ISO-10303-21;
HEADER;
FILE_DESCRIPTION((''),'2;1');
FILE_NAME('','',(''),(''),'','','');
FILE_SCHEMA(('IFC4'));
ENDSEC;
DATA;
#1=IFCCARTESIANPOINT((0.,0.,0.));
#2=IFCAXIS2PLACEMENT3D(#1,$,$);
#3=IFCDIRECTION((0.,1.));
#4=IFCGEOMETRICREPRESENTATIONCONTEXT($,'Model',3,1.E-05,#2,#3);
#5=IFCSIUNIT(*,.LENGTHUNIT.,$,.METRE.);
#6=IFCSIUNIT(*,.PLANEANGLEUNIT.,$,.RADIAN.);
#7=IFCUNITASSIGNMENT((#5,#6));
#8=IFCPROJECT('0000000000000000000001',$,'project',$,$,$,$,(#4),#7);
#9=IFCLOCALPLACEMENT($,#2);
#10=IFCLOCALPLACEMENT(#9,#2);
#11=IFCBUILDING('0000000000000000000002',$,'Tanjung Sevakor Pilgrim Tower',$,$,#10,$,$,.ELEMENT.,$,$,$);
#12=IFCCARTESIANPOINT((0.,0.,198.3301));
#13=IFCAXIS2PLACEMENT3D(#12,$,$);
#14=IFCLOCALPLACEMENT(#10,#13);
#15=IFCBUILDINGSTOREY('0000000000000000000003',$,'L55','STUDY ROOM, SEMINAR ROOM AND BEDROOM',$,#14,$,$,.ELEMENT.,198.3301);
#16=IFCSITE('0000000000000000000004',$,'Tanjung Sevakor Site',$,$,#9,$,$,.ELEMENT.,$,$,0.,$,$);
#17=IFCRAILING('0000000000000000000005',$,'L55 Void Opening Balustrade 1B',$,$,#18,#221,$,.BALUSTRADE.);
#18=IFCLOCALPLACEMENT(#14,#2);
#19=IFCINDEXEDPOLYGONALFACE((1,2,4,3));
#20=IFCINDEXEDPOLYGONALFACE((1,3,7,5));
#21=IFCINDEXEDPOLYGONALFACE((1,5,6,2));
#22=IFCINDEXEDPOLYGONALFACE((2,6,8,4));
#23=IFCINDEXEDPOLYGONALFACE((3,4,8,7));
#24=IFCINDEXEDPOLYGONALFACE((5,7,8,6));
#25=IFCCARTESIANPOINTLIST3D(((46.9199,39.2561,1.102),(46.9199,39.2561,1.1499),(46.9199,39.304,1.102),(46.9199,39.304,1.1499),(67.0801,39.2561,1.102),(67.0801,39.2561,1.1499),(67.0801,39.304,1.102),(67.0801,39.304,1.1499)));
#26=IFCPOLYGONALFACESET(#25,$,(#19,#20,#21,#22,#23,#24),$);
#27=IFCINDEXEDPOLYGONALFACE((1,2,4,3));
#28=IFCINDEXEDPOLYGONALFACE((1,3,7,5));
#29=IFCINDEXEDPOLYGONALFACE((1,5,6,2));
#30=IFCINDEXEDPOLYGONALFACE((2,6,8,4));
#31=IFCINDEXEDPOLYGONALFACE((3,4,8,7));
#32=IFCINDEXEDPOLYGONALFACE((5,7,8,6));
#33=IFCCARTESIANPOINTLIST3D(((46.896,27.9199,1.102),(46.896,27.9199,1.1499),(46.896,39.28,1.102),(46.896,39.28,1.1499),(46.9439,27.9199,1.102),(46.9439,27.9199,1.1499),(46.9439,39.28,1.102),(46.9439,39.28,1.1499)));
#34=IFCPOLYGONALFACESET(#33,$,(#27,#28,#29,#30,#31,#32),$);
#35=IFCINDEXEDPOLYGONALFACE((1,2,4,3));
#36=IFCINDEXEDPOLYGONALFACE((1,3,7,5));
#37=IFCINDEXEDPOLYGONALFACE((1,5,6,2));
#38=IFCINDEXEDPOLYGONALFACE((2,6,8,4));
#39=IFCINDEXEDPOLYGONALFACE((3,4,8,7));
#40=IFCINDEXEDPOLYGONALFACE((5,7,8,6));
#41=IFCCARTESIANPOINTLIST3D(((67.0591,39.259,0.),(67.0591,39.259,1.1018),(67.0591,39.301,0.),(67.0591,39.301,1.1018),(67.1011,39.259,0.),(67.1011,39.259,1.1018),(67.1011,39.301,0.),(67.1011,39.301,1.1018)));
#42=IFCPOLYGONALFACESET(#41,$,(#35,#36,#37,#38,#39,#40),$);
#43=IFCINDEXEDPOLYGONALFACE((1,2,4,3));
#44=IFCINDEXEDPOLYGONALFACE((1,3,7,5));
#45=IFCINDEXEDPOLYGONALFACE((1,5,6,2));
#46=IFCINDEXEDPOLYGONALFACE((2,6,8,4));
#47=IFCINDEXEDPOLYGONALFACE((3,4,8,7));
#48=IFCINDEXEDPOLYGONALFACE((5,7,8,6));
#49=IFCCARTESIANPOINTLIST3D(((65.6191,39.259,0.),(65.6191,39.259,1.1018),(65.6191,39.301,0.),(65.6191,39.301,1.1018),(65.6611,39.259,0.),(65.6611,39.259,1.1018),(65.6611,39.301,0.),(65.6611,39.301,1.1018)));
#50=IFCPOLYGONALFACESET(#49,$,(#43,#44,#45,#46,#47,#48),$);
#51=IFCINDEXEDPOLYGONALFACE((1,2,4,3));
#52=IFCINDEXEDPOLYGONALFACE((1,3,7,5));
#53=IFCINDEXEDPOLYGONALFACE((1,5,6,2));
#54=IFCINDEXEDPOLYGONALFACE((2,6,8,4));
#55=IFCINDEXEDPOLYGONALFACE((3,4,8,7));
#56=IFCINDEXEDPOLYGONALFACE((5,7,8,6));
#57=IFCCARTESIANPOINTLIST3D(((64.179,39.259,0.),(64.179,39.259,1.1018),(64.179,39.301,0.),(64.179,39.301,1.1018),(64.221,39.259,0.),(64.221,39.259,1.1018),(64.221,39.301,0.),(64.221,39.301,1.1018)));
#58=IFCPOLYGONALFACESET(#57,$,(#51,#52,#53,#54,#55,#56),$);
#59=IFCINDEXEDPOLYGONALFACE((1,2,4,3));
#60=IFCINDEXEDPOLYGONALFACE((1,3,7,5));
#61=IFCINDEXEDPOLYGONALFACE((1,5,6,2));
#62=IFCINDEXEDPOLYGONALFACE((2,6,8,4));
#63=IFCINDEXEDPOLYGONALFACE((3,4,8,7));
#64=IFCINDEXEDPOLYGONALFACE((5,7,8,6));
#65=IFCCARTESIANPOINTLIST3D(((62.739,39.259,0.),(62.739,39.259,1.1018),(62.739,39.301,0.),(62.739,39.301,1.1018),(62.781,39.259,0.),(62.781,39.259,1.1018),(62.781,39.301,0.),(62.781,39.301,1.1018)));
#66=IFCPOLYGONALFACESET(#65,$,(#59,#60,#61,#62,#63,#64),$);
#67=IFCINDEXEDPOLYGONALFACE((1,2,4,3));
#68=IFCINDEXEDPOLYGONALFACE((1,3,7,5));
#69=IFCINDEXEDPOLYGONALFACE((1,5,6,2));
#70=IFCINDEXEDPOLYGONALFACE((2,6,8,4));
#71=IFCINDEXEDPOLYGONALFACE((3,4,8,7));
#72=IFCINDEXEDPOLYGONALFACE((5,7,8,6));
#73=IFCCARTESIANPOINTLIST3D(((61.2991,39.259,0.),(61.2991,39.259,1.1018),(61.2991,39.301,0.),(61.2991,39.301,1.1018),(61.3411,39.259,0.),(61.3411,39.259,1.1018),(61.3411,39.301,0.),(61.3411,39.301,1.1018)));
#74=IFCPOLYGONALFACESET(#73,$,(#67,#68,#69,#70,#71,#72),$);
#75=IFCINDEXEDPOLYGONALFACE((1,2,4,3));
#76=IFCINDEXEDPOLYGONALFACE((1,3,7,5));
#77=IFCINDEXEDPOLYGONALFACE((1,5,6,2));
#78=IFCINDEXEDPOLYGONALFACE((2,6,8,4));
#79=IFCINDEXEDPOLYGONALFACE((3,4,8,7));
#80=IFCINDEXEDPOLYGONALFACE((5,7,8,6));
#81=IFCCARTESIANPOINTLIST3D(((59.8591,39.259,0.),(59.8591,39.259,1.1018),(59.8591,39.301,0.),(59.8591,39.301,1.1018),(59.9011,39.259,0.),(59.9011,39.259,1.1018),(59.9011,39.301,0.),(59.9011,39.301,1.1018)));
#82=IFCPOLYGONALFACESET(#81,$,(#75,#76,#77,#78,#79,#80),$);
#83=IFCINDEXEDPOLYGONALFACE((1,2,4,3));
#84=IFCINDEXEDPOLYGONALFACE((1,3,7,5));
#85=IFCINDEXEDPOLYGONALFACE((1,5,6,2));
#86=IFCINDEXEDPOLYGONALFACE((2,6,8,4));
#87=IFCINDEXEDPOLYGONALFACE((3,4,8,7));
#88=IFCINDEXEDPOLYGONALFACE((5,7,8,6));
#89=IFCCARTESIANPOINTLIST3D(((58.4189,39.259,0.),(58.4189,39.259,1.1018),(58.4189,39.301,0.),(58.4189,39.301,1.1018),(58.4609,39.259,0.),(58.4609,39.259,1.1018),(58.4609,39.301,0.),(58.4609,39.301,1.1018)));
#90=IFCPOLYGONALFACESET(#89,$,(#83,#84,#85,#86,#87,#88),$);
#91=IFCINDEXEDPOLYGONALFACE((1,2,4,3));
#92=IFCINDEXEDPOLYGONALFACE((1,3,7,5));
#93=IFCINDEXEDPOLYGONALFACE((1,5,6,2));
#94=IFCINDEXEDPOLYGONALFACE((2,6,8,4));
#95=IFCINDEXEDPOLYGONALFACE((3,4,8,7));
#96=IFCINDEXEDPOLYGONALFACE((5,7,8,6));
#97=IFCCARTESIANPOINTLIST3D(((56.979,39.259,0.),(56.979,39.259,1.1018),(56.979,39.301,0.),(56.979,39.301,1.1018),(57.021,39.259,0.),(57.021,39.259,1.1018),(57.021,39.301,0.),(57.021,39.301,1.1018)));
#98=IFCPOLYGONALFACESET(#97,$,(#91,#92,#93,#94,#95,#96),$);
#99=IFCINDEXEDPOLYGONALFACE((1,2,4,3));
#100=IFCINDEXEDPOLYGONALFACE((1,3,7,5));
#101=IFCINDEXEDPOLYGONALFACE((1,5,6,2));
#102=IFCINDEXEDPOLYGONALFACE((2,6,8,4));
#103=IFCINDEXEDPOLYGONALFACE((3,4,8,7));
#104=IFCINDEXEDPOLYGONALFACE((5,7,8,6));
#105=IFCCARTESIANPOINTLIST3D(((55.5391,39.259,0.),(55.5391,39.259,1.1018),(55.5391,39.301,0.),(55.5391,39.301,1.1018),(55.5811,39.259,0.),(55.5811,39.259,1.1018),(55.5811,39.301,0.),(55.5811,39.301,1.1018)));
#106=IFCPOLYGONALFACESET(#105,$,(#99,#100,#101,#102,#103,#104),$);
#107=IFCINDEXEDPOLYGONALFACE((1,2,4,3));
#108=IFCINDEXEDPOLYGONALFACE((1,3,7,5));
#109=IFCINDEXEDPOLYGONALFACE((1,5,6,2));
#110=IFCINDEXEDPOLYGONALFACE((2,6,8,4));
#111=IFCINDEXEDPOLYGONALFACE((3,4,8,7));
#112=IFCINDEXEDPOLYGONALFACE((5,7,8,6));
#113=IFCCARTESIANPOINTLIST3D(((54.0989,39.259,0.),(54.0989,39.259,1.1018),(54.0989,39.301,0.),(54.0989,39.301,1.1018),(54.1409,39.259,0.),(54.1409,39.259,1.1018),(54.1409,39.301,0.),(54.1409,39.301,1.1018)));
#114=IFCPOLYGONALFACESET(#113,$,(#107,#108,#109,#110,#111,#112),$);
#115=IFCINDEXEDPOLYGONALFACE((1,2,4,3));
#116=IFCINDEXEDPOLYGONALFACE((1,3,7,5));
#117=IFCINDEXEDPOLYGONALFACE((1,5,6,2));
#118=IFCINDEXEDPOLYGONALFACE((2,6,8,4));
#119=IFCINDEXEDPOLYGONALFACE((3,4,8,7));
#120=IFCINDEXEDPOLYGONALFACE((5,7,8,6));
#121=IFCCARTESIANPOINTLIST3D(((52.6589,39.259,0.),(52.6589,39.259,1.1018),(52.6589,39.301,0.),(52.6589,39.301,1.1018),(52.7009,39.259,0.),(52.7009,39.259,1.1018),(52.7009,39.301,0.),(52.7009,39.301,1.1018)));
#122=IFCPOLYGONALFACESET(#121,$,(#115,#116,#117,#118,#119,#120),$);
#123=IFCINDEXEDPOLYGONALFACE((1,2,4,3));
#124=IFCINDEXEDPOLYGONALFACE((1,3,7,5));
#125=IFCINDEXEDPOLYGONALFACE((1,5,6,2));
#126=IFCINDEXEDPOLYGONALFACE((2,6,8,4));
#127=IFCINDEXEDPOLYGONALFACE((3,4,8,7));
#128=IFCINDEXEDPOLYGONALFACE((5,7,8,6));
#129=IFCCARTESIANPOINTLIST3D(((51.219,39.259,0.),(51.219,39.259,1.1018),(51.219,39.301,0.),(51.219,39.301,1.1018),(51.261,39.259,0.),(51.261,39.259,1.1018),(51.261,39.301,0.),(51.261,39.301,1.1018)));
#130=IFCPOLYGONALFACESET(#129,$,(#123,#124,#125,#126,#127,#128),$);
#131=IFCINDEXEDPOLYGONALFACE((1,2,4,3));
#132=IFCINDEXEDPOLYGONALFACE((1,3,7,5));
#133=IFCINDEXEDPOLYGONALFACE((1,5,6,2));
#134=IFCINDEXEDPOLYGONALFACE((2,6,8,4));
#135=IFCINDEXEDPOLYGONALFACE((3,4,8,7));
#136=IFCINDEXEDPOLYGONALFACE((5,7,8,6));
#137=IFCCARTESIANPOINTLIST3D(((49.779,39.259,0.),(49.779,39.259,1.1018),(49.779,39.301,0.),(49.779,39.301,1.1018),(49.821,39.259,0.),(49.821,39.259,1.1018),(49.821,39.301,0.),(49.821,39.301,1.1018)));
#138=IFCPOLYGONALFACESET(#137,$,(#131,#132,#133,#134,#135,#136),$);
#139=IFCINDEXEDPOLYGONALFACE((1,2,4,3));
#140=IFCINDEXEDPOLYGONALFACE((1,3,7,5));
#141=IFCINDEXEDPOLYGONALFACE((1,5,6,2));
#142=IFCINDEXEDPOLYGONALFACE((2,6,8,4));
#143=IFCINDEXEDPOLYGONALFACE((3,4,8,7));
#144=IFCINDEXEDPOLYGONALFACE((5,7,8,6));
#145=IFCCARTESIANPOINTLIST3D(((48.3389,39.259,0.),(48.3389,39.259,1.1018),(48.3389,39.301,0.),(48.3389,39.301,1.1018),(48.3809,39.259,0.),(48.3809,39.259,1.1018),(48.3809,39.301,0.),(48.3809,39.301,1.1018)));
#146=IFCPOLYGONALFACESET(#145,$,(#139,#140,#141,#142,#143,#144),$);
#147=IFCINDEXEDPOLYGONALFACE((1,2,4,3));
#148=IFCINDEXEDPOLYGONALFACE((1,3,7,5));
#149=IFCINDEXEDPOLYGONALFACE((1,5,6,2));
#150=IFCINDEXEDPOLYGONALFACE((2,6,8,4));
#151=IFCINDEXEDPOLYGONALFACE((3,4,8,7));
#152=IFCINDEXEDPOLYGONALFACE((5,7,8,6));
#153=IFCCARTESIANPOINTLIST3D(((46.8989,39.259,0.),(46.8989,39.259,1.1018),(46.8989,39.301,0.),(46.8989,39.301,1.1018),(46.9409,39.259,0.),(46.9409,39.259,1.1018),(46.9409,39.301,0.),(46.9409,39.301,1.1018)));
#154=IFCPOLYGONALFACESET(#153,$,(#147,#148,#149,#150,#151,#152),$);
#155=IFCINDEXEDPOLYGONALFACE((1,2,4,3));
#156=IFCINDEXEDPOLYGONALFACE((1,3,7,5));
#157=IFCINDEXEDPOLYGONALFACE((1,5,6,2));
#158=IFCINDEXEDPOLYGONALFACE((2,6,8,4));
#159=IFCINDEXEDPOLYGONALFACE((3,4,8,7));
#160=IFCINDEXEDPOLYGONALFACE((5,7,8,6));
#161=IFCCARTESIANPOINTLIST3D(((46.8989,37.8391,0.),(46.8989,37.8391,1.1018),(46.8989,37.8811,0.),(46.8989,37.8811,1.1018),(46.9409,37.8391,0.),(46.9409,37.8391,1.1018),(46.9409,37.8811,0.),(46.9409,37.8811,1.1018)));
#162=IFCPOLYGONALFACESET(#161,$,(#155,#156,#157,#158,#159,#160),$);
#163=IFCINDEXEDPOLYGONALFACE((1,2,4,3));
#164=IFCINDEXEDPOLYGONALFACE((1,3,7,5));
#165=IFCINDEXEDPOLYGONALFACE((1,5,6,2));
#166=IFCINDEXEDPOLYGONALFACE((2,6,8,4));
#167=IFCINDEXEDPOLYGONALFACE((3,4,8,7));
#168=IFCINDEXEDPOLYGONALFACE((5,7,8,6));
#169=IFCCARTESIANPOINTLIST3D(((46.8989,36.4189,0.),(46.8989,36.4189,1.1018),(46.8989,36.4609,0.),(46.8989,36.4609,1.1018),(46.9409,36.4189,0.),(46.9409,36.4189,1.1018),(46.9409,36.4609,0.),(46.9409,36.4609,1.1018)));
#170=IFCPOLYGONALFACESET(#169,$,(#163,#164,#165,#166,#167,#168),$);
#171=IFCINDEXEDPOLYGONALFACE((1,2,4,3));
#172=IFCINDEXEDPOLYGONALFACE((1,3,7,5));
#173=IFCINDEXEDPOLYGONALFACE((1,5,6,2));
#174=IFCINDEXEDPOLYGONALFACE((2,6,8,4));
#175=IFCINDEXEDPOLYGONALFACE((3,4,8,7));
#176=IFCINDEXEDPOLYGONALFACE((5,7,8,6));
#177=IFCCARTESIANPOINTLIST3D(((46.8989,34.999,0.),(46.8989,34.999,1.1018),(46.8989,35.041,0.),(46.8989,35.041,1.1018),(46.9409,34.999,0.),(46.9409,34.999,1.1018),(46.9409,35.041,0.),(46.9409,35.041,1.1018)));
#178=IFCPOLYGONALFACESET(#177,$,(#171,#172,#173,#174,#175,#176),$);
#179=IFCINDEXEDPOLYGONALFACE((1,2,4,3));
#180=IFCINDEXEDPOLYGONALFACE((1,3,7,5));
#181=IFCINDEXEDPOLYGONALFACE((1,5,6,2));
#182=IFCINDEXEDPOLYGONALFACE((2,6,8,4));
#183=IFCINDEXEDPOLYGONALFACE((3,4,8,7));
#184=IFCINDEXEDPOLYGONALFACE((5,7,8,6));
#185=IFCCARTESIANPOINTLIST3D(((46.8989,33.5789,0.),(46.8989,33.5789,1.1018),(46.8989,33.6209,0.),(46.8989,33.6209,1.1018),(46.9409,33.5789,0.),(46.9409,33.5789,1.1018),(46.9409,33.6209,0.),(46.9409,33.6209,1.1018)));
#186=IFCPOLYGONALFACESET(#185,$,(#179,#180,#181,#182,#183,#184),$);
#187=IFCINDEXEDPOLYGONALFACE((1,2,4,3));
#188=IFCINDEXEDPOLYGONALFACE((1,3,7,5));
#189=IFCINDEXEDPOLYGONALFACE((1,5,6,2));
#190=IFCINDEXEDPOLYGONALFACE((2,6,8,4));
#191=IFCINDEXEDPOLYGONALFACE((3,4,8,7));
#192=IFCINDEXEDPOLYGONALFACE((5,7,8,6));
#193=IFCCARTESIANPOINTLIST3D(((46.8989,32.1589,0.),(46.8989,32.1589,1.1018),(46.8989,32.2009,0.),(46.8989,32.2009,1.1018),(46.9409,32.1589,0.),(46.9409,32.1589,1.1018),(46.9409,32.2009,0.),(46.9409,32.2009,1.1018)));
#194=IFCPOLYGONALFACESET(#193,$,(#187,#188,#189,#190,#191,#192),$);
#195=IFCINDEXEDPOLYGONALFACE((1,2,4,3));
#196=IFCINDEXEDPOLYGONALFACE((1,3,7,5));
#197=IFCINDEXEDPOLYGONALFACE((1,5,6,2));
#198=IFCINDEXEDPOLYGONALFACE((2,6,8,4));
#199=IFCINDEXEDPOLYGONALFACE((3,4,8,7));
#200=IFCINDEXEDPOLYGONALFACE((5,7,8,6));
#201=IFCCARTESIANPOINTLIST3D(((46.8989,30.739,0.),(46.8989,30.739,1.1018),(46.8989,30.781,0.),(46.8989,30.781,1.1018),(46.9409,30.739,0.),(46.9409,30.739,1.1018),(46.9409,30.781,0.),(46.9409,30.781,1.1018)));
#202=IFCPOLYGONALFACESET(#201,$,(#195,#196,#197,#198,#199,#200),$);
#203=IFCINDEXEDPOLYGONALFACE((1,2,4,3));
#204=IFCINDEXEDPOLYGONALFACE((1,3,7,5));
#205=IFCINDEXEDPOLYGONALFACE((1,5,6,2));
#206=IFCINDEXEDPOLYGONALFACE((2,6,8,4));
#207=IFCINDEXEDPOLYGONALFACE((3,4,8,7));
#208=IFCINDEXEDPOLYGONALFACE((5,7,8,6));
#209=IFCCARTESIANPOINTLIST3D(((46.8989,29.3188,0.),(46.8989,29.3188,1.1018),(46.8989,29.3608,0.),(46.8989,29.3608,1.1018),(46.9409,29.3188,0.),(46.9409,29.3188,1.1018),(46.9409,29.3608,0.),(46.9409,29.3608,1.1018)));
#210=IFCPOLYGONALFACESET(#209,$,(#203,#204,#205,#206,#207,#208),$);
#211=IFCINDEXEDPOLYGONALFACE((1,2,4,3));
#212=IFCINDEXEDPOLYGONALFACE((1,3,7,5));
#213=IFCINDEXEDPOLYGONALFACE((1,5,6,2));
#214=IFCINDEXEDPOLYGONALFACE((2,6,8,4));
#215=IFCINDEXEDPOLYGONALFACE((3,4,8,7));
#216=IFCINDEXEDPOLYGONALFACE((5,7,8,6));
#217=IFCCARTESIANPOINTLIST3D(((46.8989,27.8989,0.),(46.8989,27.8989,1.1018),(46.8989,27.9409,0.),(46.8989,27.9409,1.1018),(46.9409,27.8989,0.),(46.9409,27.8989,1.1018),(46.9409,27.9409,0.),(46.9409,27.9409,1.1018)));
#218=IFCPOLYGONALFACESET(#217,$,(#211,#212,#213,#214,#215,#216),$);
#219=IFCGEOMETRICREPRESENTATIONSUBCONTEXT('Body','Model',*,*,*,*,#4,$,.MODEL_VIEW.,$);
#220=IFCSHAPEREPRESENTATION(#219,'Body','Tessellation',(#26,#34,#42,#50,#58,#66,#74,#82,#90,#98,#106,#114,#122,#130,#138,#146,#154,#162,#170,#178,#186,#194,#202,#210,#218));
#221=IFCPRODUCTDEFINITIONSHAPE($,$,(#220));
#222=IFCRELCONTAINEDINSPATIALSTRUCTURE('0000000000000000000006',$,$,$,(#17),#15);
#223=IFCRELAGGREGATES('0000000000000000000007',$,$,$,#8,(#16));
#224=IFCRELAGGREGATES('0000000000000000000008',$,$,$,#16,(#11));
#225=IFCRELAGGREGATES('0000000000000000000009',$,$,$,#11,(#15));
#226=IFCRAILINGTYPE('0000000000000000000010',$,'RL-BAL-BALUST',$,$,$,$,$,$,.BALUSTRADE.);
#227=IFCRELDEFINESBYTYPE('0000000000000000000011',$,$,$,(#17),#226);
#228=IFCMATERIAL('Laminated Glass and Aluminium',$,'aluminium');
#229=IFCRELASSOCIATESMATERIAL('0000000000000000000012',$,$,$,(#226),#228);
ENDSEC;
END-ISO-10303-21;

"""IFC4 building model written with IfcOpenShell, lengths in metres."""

from ifc_helpers import new_model, si_unit, direction, frame, origin, place, context, subcontext, project, spatial, rectangle, extrude, material, type_object, element, save


model = new_model("IFC4")

# Units and contexts
model_context = context("Model", 3, precision=1e-05, world=origin(), true_north=direction((0.0, 1.0)))
body_context = subcontext(model_context, "Body", "Model", "MODEL_VIEW")
ifc_project = project(units=[si_unit("LENGTHUNIT", "METRE"), si_unit("PLANEANGLEUNIT", "RADIAN")], contexts=[model_context])

# Site, building, storey
site_placement = place(None, origin())
site = spatial("IfcSite", under=ifc_project, at=site_placement, Name="Tanjung Sevakor Site", CompositionType="ELEMENT", RefElevation=0.0)
building_placement = place(site_placement, origin())
building = spatial("IfcBuilding", under=site, at=building_placement, Name="Tanjung Sevakor Pilgrim Tower", CompositionType="ELEMENT")
storey_placement = place(building_placement, frame((0.0, 0.0, 198.3301)))
storey = spatial("IfcBuildingStorey", under=building, at=storey_placement, Name="L55", Description="STUDY ROOM, SEMINAR ROOM AND BEDROOM", CompositionType="ELEMENT", Elevation=198.3301)

# Railing
ifc_material_1 = material(Name="Laminated Glass and Aluminium", Category="aluminium")
railing_type = type_object("IfcRailingType", Name="RL-BAL-BALUST", PredefinedType="BALUSTRADE", material=ifc_material_1)
railing_1_placement = place(storey_placement, frame((67.0801, 39.28, 0.0)))
element("IfcRailing", 1, at=railing_1_placement, inside=storey, type_object=railing_type, Name="L55 Void Opening Balustrade 1B", PredefinedType="BALUSTRADE", context=body_context, shape_type="SweptSolid", body=[
    extrude(rectangle(XDim=0.0479, YDim=0.0479), frame((0.0, 0.0, 1.126), z_axis=(-1.0, 0.0, 0.0), x_axis=(0.0, -1.0, 0.0)), (0.0, 0.0, 1.0), 20.1602),
    extrude(rectangle(XDim=0.0479, YDim=0.0479), frame((-20.1602, 0.0, 1.126), z_axis=(0.0, -1.0, 0.0), x_axis=(1.0, 0.0, 0.0)), (0.0, 0.0, 1.0), 11.3601),
    extrude(rectangle(XDim=0.042, YDim=0.042), origin(), (0.0, 0.0, 1.0), 1.1018),
    extrude(rectangle(XDim=0.042, YDim=0.042), frame((-1.4399, 0.0, 0.0)), (0.0, 0.0, 1.0), 1.1018),
    extrude(rectangle(XDim=0.042, YDim=0.042), frame((-2.8801, 0.0, 0.0)), (0.0, 0.0, 1.0), 1.1018),
    extrude(rectangle(XDim=0.042, YDim=0.042), frame((-4.3201, 0.0, 0.0)), (0.0, 0.0, 1.0), 1.1018),
    extrude(rectangle(XDim=0.042, YDim=0.042), frame((-5.76, 0.0, 0.0)), (0.0, 0.0, 1.0), 1.1018),
    extrude(rectangle(XDim=0.042, YDim=0.042), frame((-7.2, 0.0, 0.0)), (0.0, 0.0, 1.0), 1.1018),
    extrude(rectangle(XDim=0.042, YDim=0.042), frame((-8.6401, 0.0, 0.0)), (0.0, 0.0, 1.0), 1.1018),
    extrude(rectangle(XDim=0.042, YDim=0.042), frame((-10.0801, 0.0, 0.0)), (0.0, 0.0, 1.0), 1.1018),
    extrude(rectangle(XDim=0.042, YDim=0.042), frame((-11.52, 0.0, 0.0)), (0.0, 0.0, 1.0), 1.1018),
    extrude(rectangle(XDim=0.042, YDim=0.042), frame((-12.9602, 0.0, 0.0)), (0.0, 0.0, 1.0), 1.1018),
    extrude(rectangle(XDim=0.042, YDim=0.042), frame((-14.4001, 0.0, 0.0)), (0.0, 0.0, 1.0), 1.1018),
    extrude(rectangle(XDim=0.042, YDim=0.042), frame((-15.8401, 0.0, 0.0)), (0.0, 0.0, 1.0), 1.1018),
    extrude(rectangle(XDim=0.042, YDim=0.042), frame((-17.28, 0.0, 0.0)), (0.0, 0.0, 1.0), 1.1018),
    extrude(rectangle(XDim=0.042, YDim=0.042), frame((-18.7202, 0.0, 0.0)), (0.0, 0.0, 1.0), 1.1018),
    extrude(rectangle(XDim=0.042, YDim=0.042), frame((-20.1602, 0.0, 0.0)), (0.0, 0.0, 1.0), 1.1018),
    extrude(rectangle(XDim=0.042, YDim=0.042), frame((-20.1602, -1.4199, 0.0)), (0.0, 0.0, 1.0), 1.1018),
    extrude(rectangle(XDim=0.042, YDim=0.042), frame((-20.1602, -2.8401, 0.0)), (0.0, 0.0, 1.0), 1.1018),
    extrude(rectangle(XDim=0.042, YDim=0.042), frame((-20.1602, -4.26, 0.0)), (0.0, 0.0, 1.0), 1.1018),
    extrude(rectangle(XDim=0.042, YDim=0.042), frame((-20.1602, -5.6802, 0.0)), (0.0, 0.0, 1.0), 1.1018),
    extrude(rectangle(XDim=0.042, YDim=0.042), frame((-20.1602, -7.1001, 0.0)), (0.0, 0.0, 1.0), 1.1018),
    extrude(rectangle(XDim=0.042, YDim=0.042), frame((-20.1602, -8.52, 0.0)), (0.0, 0.0, 1.0), 1.1018),
    extrude(rectangle(XDim=0.042, YDim=0.042), frame((-20.1602, -9.9402, 0.0)), (0.0, 0.0, 1.0), 1.1018),
    extrude(rectangle(XDim=0.042, YDim=0.042), frame((-20.1602, -11.3601, 0.0)), (0.0, 0.0, 1.0), 1.1018),
])

save(model, "model.ifc")
